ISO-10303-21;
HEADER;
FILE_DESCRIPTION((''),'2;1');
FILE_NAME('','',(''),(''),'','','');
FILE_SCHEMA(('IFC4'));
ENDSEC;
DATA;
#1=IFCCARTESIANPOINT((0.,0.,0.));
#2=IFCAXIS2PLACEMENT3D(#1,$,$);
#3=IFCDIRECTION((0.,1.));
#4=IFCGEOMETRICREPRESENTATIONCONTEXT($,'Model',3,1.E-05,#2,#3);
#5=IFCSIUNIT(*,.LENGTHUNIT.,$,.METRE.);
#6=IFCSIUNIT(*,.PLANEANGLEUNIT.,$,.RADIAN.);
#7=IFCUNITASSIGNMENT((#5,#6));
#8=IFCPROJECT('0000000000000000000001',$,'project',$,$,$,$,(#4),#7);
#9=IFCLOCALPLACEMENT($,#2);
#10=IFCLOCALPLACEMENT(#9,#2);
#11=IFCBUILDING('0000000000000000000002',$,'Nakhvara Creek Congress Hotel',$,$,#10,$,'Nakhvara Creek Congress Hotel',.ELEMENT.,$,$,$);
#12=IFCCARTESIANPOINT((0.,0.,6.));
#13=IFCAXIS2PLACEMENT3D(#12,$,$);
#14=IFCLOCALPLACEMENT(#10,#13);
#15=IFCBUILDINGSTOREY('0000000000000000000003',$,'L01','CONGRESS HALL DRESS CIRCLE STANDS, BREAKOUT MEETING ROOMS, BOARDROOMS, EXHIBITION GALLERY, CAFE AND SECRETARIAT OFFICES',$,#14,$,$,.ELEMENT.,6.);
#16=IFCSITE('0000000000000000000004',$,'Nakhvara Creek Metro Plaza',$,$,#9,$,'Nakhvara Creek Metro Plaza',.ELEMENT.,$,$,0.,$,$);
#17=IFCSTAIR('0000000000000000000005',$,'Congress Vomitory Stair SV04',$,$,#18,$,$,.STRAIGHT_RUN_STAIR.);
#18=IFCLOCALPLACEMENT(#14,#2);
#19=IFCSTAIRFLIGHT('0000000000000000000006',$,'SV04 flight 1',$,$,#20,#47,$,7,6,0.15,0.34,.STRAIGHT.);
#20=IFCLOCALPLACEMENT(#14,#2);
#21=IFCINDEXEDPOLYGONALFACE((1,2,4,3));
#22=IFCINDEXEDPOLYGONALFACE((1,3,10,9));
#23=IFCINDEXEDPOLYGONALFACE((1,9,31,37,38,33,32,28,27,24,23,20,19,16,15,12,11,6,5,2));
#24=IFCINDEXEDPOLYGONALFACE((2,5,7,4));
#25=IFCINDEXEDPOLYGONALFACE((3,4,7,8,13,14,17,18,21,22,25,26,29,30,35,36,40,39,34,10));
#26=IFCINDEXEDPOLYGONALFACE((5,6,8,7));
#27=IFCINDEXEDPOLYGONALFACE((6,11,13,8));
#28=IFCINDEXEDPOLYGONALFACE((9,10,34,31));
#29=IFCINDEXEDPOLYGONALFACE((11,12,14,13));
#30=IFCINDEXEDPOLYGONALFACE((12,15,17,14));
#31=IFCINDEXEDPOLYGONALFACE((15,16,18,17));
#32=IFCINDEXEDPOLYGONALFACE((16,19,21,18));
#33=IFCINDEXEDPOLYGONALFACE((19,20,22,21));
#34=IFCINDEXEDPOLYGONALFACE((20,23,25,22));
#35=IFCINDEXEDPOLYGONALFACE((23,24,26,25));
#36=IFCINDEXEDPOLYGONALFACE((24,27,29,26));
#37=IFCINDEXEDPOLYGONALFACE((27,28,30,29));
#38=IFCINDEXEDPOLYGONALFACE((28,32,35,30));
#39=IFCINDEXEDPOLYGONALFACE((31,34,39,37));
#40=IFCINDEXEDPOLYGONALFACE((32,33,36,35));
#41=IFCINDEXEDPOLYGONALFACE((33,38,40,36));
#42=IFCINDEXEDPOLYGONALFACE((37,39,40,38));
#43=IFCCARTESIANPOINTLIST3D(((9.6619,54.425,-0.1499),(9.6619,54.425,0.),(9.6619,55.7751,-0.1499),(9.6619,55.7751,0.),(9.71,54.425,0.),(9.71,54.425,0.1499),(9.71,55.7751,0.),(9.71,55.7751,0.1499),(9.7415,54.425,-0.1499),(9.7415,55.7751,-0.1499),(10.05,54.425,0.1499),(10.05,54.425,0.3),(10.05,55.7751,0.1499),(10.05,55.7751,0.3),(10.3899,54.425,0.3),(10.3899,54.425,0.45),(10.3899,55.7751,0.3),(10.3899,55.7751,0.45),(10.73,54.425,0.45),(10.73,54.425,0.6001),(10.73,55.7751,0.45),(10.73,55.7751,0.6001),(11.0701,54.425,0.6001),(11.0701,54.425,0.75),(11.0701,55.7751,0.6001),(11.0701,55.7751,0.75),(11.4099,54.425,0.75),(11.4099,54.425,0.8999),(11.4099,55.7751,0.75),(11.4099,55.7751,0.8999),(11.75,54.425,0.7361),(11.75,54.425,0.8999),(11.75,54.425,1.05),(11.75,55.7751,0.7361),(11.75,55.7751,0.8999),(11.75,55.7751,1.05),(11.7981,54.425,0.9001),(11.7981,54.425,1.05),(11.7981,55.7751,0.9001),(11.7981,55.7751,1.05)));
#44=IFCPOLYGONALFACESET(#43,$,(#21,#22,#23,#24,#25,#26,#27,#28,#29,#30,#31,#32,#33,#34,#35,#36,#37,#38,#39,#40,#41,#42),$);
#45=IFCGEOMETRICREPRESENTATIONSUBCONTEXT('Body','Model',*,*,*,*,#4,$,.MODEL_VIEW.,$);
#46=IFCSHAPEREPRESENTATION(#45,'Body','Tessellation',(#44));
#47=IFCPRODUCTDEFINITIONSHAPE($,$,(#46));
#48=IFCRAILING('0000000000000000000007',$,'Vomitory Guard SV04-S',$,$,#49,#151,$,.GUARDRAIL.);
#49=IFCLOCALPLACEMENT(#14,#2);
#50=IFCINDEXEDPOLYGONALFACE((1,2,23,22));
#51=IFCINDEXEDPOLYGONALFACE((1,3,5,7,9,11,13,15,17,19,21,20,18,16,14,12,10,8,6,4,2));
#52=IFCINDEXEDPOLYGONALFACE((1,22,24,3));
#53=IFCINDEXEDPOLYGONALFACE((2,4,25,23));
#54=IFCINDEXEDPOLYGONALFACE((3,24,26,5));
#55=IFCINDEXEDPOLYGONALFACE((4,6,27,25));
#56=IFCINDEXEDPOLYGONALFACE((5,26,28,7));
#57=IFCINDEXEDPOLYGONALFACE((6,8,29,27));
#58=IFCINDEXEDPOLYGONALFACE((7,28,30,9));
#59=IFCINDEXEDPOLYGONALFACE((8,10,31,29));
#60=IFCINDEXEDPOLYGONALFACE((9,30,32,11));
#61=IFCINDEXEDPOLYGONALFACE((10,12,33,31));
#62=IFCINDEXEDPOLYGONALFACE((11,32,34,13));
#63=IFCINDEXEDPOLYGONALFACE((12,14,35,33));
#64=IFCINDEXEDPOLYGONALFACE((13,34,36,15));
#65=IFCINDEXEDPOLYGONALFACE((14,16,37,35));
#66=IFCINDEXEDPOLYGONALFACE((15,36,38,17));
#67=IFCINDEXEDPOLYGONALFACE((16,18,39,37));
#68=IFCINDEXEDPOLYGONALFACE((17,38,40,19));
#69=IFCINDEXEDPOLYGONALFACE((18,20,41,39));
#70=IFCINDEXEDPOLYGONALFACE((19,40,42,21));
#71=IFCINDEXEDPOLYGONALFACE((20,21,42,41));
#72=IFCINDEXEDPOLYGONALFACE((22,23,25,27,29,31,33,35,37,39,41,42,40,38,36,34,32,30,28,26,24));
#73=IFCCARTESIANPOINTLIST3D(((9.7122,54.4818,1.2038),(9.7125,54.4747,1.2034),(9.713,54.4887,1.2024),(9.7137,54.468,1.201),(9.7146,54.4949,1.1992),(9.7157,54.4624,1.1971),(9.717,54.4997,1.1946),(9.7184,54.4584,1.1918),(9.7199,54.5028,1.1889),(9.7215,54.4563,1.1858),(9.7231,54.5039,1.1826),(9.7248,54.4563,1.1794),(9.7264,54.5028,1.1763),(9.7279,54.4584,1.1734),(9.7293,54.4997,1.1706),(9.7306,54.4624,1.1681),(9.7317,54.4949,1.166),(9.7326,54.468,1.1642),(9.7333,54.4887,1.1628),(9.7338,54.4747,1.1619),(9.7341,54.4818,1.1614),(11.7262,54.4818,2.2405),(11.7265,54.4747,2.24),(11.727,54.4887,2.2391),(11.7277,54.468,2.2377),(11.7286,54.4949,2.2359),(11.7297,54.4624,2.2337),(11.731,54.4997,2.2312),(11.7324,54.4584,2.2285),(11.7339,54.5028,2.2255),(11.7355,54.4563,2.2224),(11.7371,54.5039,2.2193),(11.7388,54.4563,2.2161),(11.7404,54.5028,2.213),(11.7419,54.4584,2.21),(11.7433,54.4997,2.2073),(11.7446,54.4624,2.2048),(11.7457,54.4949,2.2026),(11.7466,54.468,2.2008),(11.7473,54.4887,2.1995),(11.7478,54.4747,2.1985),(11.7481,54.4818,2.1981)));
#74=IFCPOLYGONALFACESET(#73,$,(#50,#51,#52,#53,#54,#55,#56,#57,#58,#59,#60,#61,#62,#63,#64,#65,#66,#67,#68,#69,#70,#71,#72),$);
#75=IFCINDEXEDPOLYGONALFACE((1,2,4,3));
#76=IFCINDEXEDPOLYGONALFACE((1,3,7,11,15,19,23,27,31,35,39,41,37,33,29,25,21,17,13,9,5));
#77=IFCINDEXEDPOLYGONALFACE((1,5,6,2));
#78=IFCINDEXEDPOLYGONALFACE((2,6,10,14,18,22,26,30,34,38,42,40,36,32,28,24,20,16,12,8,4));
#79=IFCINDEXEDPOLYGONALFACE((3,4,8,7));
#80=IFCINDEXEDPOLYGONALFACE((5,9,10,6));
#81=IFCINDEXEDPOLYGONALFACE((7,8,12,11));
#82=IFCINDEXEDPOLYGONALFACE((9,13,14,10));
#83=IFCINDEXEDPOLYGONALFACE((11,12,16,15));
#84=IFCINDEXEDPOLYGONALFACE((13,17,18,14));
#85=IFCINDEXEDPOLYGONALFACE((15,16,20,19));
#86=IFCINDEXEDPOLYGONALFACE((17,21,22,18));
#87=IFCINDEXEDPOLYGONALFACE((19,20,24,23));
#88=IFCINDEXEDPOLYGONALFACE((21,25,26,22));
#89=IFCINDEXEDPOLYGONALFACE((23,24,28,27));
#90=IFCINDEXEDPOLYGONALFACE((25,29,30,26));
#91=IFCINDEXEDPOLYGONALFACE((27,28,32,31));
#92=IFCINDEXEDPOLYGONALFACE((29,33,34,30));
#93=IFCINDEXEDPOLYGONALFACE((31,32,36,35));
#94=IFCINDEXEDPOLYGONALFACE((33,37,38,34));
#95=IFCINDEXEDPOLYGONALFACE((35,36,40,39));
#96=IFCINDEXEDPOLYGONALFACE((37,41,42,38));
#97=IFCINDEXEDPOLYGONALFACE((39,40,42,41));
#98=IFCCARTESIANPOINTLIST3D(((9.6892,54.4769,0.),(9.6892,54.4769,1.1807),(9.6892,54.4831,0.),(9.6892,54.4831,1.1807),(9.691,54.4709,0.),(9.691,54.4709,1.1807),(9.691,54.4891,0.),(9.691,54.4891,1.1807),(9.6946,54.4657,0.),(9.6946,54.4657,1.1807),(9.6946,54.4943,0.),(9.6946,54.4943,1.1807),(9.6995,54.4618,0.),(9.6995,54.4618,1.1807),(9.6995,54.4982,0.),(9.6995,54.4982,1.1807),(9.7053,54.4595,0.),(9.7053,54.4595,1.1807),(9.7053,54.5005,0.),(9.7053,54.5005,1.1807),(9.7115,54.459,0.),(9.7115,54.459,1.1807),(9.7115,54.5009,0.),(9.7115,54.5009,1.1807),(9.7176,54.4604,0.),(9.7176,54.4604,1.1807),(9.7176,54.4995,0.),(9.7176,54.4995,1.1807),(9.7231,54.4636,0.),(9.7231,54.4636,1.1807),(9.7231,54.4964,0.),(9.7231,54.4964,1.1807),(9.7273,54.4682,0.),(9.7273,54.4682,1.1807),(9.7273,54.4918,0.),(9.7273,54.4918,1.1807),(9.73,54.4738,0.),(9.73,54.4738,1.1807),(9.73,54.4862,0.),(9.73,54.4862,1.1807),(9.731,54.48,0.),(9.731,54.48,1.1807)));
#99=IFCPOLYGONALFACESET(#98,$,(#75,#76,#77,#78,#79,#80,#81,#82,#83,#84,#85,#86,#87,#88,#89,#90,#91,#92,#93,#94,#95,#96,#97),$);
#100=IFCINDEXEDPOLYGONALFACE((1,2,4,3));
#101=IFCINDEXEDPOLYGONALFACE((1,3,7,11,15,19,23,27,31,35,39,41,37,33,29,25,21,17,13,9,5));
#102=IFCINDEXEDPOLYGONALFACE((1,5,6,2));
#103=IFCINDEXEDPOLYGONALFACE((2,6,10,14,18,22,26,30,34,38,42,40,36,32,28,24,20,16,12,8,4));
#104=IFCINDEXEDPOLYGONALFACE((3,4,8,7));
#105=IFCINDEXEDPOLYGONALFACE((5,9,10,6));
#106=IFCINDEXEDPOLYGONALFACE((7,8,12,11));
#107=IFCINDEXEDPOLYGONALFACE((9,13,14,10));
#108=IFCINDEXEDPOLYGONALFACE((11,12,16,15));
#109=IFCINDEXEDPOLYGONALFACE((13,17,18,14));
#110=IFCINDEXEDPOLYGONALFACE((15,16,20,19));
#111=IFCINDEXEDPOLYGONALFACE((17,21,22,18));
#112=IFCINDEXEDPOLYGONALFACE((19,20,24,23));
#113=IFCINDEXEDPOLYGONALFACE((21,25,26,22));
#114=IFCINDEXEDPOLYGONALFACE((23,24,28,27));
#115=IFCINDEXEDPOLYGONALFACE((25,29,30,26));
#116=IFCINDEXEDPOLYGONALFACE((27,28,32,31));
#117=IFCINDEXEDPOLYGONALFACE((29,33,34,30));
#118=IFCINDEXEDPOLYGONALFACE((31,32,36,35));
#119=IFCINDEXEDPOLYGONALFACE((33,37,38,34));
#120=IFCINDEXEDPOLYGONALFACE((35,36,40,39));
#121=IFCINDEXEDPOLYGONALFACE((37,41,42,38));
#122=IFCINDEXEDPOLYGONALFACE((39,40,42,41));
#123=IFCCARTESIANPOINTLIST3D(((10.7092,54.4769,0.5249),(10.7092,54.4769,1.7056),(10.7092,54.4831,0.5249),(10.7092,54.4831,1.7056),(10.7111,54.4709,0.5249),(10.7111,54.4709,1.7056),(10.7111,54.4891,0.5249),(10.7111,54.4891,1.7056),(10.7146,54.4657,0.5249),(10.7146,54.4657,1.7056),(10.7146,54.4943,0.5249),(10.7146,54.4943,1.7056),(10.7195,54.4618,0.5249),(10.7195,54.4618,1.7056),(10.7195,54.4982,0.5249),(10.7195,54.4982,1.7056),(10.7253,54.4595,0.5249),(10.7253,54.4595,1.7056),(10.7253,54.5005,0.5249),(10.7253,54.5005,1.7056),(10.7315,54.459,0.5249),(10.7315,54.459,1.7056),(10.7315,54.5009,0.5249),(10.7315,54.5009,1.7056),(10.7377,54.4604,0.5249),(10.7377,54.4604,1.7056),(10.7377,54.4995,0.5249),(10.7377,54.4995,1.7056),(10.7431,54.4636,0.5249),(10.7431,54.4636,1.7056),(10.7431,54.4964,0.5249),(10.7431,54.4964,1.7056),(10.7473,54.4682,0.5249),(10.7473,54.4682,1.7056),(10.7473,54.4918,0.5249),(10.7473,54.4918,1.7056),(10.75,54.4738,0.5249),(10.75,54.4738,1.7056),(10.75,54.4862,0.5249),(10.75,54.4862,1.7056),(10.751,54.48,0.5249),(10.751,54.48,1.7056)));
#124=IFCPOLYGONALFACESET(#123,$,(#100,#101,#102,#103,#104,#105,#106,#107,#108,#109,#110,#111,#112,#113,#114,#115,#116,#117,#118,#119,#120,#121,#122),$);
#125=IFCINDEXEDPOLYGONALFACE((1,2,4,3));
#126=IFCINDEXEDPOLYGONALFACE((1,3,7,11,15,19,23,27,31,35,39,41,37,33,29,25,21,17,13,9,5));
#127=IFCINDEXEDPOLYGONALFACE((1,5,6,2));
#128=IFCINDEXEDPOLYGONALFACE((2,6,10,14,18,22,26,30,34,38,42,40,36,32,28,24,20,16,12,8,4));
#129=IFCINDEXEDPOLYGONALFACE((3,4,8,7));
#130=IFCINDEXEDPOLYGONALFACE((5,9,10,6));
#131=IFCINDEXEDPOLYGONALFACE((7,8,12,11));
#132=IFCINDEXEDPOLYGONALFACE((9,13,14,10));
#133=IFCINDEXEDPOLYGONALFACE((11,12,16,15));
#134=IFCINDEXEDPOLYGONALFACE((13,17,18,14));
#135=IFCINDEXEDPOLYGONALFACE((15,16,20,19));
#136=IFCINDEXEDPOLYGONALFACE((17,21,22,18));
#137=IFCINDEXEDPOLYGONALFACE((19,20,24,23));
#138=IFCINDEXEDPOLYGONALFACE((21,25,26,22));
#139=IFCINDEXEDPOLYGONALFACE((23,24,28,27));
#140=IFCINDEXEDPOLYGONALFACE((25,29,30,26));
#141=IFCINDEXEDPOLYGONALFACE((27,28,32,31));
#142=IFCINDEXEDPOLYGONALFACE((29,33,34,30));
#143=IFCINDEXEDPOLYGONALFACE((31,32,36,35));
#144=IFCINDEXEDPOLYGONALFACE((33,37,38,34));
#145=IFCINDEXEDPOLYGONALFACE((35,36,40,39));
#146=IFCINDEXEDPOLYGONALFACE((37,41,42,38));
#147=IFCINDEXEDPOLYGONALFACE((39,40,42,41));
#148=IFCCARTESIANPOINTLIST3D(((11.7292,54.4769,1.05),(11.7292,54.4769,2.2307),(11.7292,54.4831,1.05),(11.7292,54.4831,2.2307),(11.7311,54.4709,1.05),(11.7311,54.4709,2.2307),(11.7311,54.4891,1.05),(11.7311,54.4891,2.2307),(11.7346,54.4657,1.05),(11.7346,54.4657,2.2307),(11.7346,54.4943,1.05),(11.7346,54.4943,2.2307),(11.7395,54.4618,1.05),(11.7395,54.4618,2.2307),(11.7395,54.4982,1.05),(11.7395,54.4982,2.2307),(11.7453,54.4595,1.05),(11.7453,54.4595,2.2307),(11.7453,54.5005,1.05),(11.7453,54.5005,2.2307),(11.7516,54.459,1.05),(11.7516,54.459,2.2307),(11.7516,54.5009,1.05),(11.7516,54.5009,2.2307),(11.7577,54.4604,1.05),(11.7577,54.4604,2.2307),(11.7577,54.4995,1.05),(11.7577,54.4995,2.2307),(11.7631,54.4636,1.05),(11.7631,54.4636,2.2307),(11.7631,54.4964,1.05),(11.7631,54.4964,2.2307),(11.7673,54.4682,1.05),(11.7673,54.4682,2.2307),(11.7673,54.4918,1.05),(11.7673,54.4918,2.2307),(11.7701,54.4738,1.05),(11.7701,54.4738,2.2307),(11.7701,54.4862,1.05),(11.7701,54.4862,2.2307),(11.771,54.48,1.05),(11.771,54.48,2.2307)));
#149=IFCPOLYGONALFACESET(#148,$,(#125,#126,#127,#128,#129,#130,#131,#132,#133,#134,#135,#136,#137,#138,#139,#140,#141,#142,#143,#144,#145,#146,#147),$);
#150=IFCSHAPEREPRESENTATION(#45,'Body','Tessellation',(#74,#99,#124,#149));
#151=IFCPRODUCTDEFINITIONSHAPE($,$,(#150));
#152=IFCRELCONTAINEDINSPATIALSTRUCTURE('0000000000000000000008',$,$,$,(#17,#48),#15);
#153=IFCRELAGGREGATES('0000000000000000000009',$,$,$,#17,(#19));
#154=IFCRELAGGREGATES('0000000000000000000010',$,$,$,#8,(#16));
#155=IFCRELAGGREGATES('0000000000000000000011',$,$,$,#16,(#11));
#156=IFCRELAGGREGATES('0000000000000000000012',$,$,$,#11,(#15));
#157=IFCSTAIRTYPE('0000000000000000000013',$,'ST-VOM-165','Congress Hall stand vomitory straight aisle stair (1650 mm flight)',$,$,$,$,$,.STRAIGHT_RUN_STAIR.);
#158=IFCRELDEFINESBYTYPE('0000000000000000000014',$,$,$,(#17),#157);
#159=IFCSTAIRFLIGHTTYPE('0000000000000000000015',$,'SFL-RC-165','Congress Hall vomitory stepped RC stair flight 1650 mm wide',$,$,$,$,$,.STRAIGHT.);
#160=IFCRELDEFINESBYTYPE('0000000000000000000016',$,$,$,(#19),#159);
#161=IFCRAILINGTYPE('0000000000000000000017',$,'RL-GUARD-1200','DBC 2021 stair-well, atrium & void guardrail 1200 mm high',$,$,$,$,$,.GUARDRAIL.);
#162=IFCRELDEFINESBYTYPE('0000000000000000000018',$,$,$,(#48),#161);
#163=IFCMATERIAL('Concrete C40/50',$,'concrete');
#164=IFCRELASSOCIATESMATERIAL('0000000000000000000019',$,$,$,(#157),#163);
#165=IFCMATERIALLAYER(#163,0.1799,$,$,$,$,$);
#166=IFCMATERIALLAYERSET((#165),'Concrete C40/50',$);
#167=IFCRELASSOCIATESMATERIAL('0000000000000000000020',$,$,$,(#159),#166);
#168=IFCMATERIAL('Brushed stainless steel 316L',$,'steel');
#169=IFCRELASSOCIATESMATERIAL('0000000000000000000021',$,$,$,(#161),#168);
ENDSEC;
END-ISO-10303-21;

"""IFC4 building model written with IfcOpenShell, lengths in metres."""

from ifc_helpers import new_model, si_unit, direction, frame, origin, origin_2d, place, context, subcontext, project, spatial, polyline, circle, outline, extrude, material, layer, layer_set, type_object, element, aggregate, save


model = new_model("IFC4")

# Units and contexts
model_context = context("Model", 3, precision=1e-05, world=origin(), true_north=direction((0.0, 1.0)))
body_context = subcontext(model_context, "Body", "Model", "MODEL_VIEW")
ifc_project = project(units=[si_unit("LENGTHUNIT", "METRE"), si_unit("PLANEANGLEUNIT", "RADIAN")], contexts=[model_context])

# Site, building, storey
site_placement = place(None, origin())
site = spatial("IfcSite", under=ifc_project, at=site_placement, Name="Nakhvara Creek Metro Plaza", LongName="Nakhvara Creek Metro Plaza", CompositionType="ELEMENT", RefElevation=0.0)
building_placement = place(site_placement, origin())
building = spatial("IfcBuilding", under=site, at=building_placement, Name="Nakhvara Creek Congress Hotel", LongName="Nakhvara Creek Congress Hotel", CompositionType="ELEMENT")
storey_placement = place(building_placement, frame((0.0, 0.0, 6.0)))
storey = spatial("IfcBuildingStorey", under=building, at=storey_placement, Name="L01", Description="CONGRESS HALL DRESS CIRCLE STANDS, BREAKOUT MEETING ROOMS, BOARDROOMS, EXHIBITION GALLERY, CAFE AND SECRETARIAT OFFICES", CompositionType="ELEMENT", Elevation=6.0)

# Shared definitions
ifc_material_1 = material(Name="Concrete C40/50", Category="concrete")

# Stair, stair flight
stair_type = type_object("IfcStairType", Name="ST-VOM-165", Description="Congress Hall stand vomitory straight aisle stair (1650 mm flight)", PredefinedType="STRAIGHT_RUN_STAIR", material=ifc_material_1)
stair_placement = place(storey_placement, origin())
stair = element("IfcStair", 1, at=stair_placement, inside=storey, type_object=stair_type, Name="Congress Vomitory Stair SV04", PredefinedType="STRAIGHT_RUN_STAIR")
ifc_layer = layer(ifc_material_1, 0.1799)
ifc_layer_set = layer_set([ifc_layer], Name="Concrete C40/50")
stair_flight_type = type_object("IfcStairFlightType", Name="SFL-RC-165", Description="Congress Hall vomitory stepped RC stair flight 1650 mm wide", PredefinedType="STRAIGHT", material=ifc_layer_set)
stair_flight_placement = place(storey_placement, frame((9.71, 55.1001, 0.0), z_axis=(0.0, 0.0, 1.0), x_axis=(1.0, 0.0, 0.0)))
stair_flight = element("IfcStairFlight", 2, at=stair_flight_placement, type_object=stair_flight_type, Name="SV04 flight 1", NumberOfRisers=7, NumberOfTreads=6, PredefinedType="STRAIGHT", RiserHeight=0.15, TreadLength=0.34, context=body_context, shape_type="SweptSolid", body=[
    extrude(outline(polyline([(-0.0481, 0.0), (0.0, 0.0), (0.0, 0.1499), (0.3401, 0.1499), (0.3401, 0.3), (0.6799, 0.3), (0.6799, 0.45), (1.02, 0.45), (1.02, 0.6001), (1.3601, 0.6001), (1.3601, 0.75), (1.7, 0.75), (1.7, 0.8999), (2.04, 0.8999), (2.04, 1.05), (2.0881, 1.05), (2.0881, 0.9001), (2.04, 0.7361), (0.0315, -0.1499), (-0.0481, -0.1499), (-0.0481, 0.0)])), frame((0.0, 0.675, 0.0), z_axis=(0.0, -1.0, 0.0), x_axis=(1.0, 0.0, 0.0)), (0.0, 0.0, 1.0), 1.3501),
])
aggregate(stair, [stair_flight])

# Railing
ifc_material_2 = material(Name="Brushed stainless steel 316L", Category="steel")
railing_type_1 = type_object("IfcRailingType", Name="RL-GUARD-1200", Description="DBC 2021 stair-well, atrium & void guardrail 1200 mm high", PredefinedType="GUARDRAIL", material=ifc_material_2)
for number, where, name in (
    (3, (9.71, 54.48, 0.0), "Vomitory Guard SV04-S"),
):
    element("IfcRailing", number, at=place(storey_placement, frame(where)), inside=storey, type_object=railing_type_1, Name=name, PredefinedType="GUARDRAIL", context=body_context, shape_type="SweptSolid", body=[
        extrude(circle(Radius=0.0239, at=origin_2d()), frame((0.0132, 0.0, 1.1826), z_axis=(0.889131, 0.0, 0.457653), x_axis=(0.0, 1.0, 0.0)), (0.0, 0.0, 1.0), 2.2651),
        extrude(circle(Radius=0.021, at=origin_2d()), origin(), (0.0, 0.0, 1.0), 1.1807),
        extrude(circle(Radius=0.021, at=origin_2d()), frame((1.02, 0.0, 0.5249)), (0.0, 0.0, 1.0), 1.1807),
        extrude(circle(Radius=0.021, at=origin_2d()), frame((2.04, 0.0, 1.05)), (0.0, 0.0, 1.0), 1.1807),
    ])

save(model, "model.ifc")
